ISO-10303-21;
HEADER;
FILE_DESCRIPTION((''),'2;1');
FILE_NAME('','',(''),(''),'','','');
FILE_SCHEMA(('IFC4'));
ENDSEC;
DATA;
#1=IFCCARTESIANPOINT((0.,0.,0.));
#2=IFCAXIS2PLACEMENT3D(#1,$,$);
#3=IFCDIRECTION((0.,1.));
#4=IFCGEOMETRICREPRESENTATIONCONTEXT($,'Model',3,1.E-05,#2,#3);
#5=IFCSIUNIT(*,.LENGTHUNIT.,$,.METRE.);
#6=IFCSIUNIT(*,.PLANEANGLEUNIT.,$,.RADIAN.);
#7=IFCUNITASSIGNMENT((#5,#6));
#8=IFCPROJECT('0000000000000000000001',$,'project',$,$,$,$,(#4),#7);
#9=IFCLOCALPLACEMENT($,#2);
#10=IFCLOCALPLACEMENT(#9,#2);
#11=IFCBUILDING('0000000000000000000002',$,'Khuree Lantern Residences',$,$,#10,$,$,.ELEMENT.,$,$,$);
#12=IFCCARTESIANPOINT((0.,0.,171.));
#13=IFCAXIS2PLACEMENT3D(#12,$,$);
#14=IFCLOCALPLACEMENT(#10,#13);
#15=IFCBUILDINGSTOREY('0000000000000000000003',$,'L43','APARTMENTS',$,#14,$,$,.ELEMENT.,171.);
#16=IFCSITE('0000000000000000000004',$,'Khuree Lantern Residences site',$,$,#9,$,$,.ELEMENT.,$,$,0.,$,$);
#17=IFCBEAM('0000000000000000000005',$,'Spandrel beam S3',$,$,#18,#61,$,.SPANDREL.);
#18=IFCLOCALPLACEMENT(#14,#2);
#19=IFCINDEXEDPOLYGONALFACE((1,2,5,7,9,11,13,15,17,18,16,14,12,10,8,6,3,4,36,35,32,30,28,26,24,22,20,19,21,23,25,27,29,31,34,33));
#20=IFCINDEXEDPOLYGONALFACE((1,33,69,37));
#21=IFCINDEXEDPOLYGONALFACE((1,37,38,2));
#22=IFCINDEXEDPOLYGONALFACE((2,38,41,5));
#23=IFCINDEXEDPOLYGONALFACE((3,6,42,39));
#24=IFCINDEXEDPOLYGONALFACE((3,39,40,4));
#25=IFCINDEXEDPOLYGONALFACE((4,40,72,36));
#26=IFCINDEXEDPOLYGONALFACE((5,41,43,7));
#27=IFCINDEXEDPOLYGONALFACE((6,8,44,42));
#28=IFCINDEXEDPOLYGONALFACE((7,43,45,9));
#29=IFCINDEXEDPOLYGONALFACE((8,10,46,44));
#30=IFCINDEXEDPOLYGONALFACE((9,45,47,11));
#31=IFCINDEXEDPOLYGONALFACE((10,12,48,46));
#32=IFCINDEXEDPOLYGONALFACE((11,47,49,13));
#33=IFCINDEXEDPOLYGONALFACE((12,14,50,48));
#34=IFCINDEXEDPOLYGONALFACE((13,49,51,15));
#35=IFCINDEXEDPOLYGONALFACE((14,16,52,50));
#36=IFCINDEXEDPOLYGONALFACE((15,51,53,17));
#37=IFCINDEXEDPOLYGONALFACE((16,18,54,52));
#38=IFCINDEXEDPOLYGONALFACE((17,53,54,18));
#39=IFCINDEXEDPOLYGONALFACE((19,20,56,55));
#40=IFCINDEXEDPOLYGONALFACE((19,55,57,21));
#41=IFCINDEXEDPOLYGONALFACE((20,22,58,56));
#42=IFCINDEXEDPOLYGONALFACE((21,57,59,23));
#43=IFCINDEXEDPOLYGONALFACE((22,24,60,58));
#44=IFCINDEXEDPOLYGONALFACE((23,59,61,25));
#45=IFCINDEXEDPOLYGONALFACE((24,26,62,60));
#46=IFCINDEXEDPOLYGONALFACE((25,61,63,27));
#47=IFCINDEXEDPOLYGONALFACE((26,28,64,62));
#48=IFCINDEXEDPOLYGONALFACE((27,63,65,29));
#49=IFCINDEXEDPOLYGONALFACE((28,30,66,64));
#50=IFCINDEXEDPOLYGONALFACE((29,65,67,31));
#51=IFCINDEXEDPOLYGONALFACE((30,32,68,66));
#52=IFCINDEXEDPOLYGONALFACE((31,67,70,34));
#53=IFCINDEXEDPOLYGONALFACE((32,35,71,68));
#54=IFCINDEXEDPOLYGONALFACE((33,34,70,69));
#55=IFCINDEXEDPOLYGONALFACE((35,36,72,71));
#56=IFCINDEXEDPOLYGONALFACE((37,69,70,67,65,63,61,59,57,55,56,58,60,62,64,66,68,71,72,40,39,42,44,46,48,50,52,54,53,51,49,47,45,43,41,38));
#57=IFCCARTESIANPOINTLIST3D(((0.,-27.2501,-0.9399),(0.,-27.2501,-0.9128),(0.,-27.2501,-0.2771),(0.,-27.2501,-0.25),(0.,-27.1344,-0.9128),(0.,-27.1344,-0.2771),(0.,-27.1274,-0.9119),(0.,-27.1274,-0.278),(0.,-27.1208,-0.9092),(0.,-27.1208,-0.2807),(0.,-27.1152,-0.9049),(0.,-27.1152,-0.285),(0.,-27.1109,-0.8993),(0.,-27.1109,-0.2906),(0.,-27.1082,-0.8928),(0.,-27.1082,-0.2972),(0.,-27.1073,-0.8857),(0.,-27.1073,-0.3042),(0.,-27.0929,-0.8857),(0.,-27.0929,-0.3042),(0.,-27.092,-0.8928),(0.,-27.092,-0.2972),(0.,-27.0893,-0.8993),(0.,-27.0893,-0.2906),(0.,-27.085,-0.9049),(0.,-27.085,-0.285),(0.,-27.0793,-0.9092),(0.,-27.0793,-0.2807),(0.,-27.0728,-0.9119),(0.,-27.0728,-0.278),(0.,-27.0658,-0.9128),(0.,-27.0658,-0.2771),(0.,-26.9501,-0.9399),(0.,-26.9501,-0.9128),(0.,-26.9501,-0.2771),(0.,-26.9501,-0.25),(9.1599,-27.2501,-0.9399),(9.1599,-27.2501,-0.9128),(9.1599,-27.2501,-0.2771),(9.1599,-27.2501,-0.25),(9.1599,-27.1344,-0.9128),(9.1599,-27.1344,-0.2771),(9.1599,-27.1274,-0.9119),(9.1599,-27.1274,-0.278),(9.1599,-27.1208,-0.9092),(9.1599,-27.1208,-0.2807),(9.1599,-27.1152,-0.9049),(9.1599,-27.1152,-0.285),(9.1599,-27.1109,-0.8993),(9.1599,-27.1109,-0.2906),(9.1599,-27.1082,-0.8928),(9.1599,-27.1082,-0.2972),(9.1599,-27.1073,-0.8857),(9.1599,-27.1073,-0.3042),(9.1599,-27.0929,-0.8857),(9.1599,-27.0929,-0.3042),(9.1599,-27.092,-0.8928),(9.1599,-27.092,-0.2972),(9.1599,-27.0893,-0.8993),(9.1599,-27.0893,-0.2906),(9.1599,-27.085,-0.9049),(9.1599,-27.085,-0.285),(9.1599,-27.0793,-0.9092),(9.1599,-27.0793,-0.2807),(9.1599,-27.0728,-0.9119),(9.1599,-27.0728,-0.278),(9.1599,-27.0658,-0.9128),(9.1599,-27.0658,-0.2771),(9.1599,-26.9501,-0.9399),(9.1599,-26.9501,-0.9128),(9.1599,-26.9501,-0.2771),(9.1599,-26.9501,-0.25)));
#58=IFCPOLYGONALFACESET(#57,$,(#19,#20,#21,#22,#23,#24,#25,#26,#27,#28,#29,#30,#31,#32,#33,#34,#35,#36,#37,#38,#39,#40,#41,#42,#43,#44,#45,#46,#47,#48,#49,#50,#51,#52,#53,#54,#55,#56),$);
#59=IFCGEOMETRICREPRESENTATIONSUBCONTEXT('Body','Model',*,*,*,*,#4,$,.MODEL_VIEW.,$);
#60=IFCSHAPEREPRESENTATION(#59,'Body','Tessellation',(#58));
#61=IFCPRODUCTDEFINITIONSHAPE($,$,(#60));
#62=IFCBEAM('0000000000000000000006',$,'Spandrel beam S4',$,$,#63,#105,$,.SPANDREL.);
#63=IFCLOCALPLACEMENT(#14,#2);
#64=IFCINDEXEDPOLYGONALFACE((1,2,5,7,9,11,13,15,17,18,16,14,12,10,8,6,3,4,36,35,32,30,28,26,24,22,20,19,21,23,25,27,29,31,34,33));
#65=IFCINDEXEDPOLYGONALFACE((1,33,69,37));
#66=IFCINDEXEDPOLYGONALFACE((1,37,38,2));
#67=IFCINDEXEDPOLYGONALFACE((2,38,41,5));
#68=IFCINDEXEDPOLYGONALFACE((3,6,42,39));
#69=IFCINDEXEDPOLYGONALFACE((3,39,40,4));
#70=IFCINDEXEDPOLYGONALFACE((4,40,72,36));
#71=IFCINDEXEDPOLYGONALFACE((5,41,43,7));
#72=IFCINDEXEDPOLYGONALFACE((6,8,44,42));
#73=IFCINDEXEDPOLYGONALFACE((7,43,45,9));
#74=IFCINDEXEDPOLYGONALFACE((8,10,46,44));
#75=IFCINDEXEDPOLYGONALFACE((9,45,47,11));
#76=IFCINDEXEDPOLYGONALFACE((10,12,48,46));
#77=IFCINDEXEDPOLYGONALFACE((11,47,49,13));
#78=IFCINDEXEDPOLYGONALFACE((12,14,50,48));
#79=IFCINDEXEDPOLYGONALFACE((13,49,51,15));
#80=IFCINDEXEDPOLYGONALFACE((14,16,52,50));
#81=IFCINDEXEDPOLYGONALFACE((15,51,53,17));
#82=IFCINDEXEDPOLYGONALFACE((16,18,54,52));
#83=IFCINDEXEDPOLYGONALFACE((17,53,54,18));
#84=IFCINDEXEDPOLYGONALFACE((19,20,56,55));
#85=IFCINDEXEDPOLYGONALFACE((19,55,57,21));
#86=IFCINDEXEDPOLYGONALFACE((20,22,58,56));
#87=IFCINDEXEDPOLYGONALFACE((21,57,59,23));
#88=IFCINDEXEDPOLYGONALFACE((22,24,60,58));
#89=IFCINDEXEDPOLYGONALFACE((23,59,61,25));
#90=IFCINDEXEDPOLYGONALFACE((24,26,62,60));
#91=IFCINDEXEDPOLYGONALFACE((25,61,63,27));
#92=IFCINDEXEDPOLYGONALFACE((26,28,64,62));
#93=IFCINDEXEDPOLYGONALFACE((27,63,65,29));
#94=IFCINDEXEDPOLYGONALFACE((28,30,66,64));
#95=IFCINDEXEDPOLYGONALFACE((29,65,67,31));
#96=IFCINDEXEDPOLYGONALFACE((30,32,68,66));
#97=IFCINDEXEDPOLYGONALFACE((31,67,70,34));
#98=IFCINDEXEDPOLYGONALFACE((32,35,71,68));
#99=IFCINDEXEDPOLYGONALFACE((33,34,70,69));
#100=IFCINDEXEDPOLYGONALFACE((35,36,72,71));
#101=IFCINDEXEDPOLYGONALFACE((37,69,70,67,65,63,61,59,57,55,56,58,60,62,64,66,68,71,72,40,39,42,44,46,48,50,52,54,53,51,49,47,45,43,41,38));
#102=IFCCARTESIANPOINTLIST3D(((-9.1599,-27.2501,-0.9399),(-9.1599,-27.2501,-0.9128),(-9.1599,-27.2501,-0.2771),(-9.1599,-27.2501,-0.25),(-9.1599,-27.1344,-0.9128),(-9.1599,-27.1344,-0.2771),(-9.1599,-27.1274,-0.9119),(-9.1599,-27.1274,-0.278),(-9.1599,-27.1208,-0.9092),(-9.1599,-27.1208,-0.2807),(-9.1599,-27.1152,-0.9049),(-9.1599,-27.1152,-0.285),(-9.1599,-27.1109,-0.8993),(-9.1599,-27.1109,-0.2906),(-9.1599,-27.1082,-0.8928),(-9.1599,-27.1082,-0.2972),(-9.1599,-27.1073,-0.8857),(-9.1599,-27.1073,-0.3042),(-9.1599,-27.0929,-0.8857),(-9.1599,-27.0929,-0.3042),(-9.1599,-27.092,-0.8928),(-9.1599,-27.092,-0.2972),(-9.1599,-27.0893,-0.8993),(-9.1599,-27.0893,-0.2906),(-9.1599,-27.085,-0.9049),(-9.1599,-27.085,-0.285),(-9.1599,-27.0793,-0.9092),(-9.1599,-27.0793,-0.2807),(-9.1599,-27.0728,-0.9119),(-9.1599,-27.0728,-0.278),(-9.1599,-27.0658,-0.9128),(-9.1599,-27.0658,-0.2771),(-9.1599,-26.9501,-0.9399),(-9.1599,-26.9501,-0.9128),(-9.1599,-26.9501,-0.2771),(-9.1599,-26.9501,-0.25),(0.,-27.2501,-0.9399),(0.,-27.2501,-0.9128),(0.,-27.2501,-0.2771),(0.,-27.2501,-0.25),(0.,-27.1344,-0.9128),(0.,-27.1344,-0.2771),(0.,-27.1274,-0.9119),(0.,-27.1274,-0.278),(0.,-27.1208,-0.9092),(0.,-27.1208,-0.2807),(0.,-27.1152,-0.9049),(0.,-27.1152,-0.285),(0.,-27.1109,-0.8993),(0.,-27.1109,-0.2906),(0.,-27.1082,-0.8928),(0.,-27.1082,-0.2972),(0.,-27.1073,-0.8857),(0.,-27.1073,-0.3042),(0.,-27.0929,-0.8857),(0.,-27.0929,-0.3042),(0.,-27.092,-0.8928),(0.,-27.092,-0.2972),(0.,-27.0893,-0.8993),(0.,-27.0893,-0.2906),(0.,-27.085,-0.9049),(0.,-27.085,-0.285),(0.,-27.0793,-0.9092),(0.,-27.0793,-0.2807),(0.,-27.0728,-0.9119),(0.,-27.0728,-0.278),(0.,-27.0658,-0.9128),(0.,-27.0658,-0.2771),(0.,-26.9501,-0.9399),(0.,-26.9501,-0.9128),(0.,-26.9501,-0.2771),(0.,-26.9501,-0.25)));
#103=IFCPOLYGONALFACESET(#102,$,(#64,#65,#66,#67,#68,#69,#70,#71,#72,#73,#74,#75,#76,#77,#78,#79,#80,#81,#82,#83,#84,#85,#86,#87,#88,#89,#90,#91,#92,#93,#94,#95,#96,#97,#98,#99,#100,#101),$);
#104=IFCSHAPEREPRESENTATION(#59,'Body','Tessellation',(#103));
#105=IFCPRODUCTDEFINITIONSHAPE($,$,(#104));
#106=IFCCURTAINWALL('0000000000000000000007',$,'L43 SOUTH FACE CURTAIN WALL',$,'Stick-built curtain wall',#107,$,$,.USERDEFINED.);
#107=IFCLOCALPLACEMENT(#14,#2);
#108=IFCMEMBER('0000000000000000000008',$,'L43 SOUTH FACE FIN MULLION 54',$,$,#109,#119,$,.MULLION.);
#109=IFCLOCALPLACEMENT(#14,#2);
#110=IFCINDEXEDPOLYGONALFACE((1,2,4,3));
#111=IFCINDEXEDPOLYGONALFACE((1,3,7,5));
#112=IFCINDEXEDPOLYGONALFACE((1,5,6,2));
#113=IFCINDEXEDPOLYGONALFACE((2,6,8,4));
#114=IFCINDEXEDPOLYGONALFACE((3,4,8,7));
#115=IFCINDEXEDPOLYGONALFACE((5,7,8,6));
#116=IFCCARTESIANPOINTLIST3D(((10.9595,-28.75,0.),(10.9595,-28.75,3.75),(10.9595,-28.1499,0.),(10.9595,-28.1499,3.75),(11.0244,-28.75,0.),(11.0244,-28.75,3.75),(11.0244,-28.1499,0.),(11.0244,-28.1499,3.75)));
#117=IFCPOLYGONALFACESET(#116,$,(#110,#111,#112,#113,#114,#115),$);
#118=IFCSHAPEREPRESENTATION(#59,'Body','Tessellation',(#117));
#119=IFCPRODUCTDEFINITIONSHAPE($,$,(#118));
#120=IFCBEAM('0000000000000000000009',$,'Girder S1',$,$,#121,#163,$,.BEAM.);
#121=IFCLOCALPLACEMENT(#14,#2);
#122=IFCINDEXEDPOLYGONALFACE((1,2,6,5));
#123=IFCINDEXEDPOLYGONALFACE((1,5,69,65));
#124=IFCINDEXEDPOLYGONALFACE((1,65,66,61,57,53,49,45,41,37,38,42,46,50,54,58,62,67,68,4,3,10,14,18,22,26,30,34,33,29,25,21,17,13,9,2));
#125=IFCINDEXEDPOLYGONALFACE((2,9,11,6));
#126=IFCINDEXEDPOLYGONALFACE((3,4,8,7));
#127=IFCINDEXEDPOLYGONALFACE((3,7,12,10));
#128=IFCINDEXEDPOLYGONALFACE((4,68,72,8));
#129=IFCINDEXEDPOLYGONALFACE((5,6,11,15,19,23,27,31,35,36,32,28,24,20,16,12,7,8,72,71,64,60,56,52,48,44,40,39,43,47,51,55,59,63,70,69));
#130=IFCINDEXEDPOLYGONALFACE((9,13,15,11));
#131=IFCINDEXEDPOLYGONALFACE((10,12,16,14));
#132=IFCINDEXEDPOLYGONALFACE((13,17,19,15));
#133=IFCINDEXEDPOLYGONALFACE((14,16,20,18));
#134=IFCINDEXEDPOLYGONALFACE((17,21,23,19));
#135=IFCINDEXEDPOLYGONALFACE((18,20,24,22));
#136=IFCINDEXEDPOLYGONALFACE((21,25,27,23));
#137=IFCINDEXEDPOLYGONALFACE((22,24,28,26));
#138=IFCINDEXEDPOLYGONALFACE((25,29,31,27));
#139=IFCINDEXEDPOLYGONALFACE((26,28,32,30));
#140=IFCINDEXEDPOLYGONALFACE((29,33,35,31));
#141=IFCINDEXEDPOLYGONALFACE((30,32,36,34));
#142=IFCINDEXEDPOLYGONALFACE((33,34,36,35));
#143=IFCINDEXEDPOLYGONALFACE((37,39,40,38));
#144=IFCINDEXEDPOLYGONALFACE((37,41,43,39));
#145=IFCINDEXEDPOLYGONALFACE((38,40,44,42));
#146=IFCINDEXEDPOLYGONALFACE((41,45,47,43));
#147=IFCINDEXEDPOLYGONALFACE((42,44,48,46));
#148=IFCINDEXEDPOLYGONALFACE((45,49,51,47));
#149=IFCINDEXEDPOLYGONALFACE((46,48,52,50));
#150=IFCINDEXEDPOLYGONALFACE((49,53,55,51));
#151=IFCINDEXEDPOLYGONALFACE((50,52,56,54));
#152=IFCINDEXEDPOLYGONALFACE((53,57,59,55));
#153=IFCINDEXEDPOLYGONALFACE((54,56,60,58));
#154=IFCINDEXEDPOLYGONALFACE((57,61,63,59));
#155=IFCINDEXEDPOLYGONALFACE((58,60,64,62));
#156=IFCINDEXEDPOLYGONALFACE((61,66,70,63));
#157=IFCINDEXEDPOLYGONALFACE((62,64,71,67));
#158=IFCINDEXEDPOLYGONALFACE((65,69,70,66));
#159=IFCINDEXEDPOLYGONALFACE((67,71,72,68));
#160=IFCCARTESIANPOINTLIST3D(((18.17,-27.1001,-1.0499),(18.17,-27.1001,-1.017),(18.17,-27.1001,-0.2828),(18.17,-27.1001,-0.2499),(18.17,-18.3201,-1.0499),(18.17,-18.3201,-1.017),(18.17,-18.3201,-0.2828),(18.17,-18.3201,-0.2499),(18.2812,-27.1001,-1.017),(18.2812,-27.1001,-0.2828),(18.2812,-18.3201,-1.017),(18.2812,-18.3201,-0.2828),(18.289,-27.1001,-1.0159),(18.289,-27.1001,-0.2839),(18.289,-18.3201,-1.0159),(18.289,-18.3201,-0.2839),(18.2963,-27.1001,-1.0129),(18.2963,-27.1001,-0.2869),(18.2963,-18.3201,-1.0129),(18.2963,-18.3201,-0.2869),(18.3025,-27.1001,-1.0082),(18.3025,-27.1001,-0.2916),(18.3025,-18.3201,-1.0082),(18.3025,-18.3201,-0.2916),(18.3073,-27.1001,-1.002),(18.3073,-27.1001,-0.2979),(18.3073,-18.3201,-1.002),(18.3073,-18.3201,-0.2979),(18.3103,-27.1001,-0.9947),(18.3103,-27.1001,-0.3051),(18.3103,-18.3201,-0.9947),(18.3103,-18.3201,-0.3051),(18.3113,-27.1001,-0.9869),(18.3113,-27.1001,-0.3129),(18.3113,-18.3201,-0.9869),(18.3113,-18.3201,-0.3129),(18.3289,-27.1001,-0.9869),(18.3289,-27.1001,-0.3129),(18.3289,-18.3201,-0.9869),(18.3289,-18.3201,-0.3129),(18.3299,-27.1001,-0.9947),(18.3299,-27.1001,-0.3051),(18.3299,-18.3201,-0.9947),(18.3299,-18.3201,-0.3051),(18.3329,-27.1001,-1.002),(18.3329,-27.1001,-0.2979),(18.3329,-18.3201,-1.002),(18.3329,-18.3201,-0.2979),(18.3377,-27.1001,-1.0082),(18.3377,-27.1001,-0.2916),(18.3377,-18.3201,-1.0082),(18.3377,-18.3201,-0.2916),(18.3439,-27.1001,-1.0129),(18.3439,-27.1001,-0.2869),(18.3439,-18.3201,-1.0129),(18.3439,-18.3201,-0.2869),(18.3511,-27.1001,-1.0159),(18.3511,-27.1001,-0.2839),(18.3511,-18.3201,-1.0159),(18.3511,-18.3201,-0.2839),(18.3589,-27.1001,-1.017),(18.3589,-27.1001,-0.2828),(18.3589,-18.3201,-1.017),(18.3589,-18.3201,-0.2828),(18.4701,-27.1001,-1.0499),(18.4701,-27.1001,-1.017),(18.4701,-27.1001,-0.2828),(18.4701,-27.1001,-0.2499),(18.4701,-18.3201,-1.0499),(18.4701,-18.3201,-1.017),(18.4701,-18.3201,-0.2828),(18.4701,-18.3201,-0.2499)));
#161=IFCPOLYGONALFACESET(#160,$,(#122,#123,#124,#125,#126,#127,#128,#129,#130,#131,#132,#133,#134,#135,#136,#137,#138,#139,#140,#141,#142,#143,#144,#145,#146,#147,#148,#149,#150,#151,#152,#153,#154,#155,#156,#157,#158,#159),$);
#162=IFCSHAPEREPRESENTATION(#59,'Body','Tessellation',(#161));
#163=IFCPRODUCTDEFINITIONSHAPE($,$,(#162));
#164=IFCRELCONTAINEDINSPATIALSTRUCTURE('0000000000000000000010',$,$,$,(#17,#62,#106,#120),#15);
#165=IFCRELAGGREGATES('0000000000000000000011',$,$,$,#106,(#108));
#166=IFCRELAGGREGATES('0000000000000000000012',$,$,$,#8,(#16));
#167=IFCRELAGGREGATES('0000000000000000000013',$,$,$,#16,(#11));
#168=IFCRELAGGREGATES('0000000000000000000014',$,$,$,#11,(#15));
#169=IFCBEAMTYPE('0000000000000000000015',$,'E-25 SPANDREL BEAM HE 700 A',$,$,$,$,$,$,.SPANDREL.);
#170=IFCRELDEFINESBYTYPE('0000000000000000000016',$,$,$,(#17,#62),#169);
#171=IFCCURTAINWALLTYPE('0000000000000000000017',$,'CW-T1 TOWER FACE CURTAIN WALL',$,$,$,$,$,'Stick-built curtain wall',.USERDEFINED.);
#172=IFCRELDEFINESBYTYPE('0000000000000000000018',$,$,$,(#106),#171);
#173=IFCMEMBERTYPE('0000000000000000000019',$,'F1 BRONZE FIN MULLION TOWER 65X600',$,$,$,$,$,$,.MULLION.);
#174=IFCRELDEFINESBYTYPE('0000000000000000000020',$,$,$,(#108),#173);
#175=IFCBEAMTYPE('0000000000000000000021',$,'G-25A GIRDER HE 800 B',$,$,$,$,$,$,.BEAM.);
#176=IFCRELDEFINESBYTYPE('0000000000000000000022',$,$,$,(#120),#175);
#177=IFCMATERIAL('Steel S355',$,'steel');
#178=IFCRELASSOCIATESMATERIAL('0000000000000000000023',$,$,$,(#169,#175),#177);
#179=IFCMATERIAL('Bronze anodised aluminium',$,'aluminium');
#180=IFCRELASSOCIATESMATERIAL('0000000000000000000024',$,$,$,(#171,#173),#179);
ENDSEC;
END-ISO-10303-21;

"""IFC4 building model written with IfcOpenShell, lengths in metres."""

from ifc_helpers import new_model, si_unit, direction, frame, origin, origin_2d, place, context, subcontext, project, spatial, rectangle, i_section, extrude, material, material_profile, profile_set, type_object, element, aggregate, save


model = new_model("IFC4")

# Units and contexts
model_context = context("Model", 3, precision=1e-05, world=origin(), true_north=direction((0.0, 1.0)))
body_context = subcontext(model_context, "Body", "Model", "MODEL_VIEW")
ifc_project = project(units=[si_unit("LENGTHUNIT", "METRE"), si_unit("PLANEANGLEUNIT", "RADIAN")], contexts=[model_context])

# Site, building, storey
site_placement = place(None, origin())
site = spatial("IfcSite", under=ifc_project, at=site_placement, Name="Khuree Lantern Residences site", CompositionType="ELEMENT", RefElevation=0.0)
building_placement = place(site_placement, origin())
building = spatial("IfcBuilding", under=site, at=building_placement, Name="Khuree Lantern Residences", CompositionType="ELEMENT")
storey_placement = place(building_placement, frame((0.0, 0.0, 171.0)))
storey = spatial("IfcBuildingStorey", under=building, at=storey_placement, Name="L43", Description="APARTMENTS", CompositionType="ELEMENT", Elevation=171.0)

# Beams
ifc_material_1 = material(Name="Steel S355", Category="steel")
ifc_material_profile_1 = material_profile(ifc_material_1, i_section(OverallWidth=0.3, OverallDepth=0.6899, WebThickness=0.0144, FlangeThickness=0.0271, FilletRadius=0.0271, at=origin_2d()), Name="HE 700 A")
ifc_profile_set_1 = profile_set([ifc_material_profile_1], Name="Steel S355")
beam_type_1 = type_object("IfcBeamType", Name="E-25 SPANDREL BEAM HE 700 A", PredefinedType="SPANDREL", material=ifc_profile_set_1)
for number, where, z_axis, x_axis, name in (
    (1, (9.1599, -27.1001, -0.595), (-1.0, 0.0, 0.0), (0.0, -1.0, 0.0), "Spandrel beam S3"),
    (2, (0.0, -27.1001, -0.595), (-1.0, 0.0, 0.0), (0.0, -1.0, 0.0), "Spandrel beam S4"),
):
    element("IfcBeam", number, at=place(storey_placement, frame(where, z_axis=z_axis, x_axis=x_axis)), inside=storey, type_object=beam_type_1, Name=name, PredefinedType="SPANDREL", context=body_context, shape_type="SweptSolid", body=[
        extrude(i_section(OverallWidth=0.3, OverallDepth=0.6899, WebThickness=0.0144, FlangeThickness=0.0271, FilletRadius=0.0271, at=origin_2d()), origin(), (0.0, 0.0, 1.0), 9.1599),
    ])

# Curtain wall, member
ifc_material_2 = material(Name="Bronze anodised aluminium", Category="aluminium")
curtain_wall_type = type_object("IfcCurtainWallType", Name="CW-T1 TOWER FACE CURTAIN WALL", ElementType="Stick-built curtain wall", PredefinedType="USERDEFINED", material=ifc_material_2)
curtain_wall_placement = place(storey_placement, origin())
curtain_wall = element("IfcCurtainWall", 3, at=curtain_wall_placement, inside=storey, type_object=curtain_wall_type, Name="L43 SOUTH FACE CURTAIN WALL", ObjectType="Stick-built curtain wall", PredefinedType="USERDEFINED")
ifc_material_profile_2 = material_profile(ifc_material_2, rectangle(XDim=0.0649, YDim=0.6001, at=origin_2d()), Name="F1 65X600")
ifc_profile_set_2 = profile_set([ifc_material_profile_2], Name="Bronze anodised aluminium")
member_type_1 = type_object("IfcMemberType", Name="F1 BRONZE FIN MULLION TOWER 65X600", PredefinedType="MULLION", material=ifc_profile_set_2)
member_1_placement = place(storey_placement, frame((10.9919, -28.45, 0.0), z_axis=(0.0, 0.0, 1.0), x_axis=(1.0, 0.0, 0.0)))
member_1 = element("IfcMember", 4, at=member_1_placement, type_object=member_type_1, Name="L43 SOUTH FACE FIN MULLION 54", PredefinedType="MULLION", context=body_context, shape_type="SweptSolid", body=[
    extrude(rectangle(XDim=0.0649, YDim=0.6001, at=origin_2d()), origin(), (0.0, 0.0, 1.0), 3.75),
])

# Beam
ifc_material_profile_3 = material_profile(ifc_material_1, i_section(OverallWidth=0.3, OverallDepth=0.8, WebThickness=0.0176, FlangeThickness=0.033, FilletRadius=0.03, at=origin_2d()), Name="HE 800 B")
ifc_profile_set_3 = profile_set([ifc_material_profile_3], Name="Steel S355")
beam_type_2 = type_object("IfcBeamType", Name="G-25A GIRDER HE 800 B", PredefinedType="BEAM", material=ifc_profile_set_3)
beam_1_placement = place(storey_placement, frame((18.3201, -27.1001, -0.6499), z_axis=(0.0, 1.0, 0.0), x_axis=(-1.0, 0.0, 0.0)))
element("IfcBeam", 5, at=beam_1_placement, inside=storey, type_object=beam_type_2, Name="Girder S1", PredefinedType="BEAM", context=body_context, shape_type="SweptSolid", body=[
    extrude(i_section(OverallWidth=0.3, OverallDepth=0.8, WebThickness=0.0176, FlangeThickness=0.033, FilletRadius=0.03, at=origin_2d()), origin(), (0.0, 0.0, 1.0), 8.78),
])

aggregate(curtain_wall, [member_1])

save(model, "model.ifc")
